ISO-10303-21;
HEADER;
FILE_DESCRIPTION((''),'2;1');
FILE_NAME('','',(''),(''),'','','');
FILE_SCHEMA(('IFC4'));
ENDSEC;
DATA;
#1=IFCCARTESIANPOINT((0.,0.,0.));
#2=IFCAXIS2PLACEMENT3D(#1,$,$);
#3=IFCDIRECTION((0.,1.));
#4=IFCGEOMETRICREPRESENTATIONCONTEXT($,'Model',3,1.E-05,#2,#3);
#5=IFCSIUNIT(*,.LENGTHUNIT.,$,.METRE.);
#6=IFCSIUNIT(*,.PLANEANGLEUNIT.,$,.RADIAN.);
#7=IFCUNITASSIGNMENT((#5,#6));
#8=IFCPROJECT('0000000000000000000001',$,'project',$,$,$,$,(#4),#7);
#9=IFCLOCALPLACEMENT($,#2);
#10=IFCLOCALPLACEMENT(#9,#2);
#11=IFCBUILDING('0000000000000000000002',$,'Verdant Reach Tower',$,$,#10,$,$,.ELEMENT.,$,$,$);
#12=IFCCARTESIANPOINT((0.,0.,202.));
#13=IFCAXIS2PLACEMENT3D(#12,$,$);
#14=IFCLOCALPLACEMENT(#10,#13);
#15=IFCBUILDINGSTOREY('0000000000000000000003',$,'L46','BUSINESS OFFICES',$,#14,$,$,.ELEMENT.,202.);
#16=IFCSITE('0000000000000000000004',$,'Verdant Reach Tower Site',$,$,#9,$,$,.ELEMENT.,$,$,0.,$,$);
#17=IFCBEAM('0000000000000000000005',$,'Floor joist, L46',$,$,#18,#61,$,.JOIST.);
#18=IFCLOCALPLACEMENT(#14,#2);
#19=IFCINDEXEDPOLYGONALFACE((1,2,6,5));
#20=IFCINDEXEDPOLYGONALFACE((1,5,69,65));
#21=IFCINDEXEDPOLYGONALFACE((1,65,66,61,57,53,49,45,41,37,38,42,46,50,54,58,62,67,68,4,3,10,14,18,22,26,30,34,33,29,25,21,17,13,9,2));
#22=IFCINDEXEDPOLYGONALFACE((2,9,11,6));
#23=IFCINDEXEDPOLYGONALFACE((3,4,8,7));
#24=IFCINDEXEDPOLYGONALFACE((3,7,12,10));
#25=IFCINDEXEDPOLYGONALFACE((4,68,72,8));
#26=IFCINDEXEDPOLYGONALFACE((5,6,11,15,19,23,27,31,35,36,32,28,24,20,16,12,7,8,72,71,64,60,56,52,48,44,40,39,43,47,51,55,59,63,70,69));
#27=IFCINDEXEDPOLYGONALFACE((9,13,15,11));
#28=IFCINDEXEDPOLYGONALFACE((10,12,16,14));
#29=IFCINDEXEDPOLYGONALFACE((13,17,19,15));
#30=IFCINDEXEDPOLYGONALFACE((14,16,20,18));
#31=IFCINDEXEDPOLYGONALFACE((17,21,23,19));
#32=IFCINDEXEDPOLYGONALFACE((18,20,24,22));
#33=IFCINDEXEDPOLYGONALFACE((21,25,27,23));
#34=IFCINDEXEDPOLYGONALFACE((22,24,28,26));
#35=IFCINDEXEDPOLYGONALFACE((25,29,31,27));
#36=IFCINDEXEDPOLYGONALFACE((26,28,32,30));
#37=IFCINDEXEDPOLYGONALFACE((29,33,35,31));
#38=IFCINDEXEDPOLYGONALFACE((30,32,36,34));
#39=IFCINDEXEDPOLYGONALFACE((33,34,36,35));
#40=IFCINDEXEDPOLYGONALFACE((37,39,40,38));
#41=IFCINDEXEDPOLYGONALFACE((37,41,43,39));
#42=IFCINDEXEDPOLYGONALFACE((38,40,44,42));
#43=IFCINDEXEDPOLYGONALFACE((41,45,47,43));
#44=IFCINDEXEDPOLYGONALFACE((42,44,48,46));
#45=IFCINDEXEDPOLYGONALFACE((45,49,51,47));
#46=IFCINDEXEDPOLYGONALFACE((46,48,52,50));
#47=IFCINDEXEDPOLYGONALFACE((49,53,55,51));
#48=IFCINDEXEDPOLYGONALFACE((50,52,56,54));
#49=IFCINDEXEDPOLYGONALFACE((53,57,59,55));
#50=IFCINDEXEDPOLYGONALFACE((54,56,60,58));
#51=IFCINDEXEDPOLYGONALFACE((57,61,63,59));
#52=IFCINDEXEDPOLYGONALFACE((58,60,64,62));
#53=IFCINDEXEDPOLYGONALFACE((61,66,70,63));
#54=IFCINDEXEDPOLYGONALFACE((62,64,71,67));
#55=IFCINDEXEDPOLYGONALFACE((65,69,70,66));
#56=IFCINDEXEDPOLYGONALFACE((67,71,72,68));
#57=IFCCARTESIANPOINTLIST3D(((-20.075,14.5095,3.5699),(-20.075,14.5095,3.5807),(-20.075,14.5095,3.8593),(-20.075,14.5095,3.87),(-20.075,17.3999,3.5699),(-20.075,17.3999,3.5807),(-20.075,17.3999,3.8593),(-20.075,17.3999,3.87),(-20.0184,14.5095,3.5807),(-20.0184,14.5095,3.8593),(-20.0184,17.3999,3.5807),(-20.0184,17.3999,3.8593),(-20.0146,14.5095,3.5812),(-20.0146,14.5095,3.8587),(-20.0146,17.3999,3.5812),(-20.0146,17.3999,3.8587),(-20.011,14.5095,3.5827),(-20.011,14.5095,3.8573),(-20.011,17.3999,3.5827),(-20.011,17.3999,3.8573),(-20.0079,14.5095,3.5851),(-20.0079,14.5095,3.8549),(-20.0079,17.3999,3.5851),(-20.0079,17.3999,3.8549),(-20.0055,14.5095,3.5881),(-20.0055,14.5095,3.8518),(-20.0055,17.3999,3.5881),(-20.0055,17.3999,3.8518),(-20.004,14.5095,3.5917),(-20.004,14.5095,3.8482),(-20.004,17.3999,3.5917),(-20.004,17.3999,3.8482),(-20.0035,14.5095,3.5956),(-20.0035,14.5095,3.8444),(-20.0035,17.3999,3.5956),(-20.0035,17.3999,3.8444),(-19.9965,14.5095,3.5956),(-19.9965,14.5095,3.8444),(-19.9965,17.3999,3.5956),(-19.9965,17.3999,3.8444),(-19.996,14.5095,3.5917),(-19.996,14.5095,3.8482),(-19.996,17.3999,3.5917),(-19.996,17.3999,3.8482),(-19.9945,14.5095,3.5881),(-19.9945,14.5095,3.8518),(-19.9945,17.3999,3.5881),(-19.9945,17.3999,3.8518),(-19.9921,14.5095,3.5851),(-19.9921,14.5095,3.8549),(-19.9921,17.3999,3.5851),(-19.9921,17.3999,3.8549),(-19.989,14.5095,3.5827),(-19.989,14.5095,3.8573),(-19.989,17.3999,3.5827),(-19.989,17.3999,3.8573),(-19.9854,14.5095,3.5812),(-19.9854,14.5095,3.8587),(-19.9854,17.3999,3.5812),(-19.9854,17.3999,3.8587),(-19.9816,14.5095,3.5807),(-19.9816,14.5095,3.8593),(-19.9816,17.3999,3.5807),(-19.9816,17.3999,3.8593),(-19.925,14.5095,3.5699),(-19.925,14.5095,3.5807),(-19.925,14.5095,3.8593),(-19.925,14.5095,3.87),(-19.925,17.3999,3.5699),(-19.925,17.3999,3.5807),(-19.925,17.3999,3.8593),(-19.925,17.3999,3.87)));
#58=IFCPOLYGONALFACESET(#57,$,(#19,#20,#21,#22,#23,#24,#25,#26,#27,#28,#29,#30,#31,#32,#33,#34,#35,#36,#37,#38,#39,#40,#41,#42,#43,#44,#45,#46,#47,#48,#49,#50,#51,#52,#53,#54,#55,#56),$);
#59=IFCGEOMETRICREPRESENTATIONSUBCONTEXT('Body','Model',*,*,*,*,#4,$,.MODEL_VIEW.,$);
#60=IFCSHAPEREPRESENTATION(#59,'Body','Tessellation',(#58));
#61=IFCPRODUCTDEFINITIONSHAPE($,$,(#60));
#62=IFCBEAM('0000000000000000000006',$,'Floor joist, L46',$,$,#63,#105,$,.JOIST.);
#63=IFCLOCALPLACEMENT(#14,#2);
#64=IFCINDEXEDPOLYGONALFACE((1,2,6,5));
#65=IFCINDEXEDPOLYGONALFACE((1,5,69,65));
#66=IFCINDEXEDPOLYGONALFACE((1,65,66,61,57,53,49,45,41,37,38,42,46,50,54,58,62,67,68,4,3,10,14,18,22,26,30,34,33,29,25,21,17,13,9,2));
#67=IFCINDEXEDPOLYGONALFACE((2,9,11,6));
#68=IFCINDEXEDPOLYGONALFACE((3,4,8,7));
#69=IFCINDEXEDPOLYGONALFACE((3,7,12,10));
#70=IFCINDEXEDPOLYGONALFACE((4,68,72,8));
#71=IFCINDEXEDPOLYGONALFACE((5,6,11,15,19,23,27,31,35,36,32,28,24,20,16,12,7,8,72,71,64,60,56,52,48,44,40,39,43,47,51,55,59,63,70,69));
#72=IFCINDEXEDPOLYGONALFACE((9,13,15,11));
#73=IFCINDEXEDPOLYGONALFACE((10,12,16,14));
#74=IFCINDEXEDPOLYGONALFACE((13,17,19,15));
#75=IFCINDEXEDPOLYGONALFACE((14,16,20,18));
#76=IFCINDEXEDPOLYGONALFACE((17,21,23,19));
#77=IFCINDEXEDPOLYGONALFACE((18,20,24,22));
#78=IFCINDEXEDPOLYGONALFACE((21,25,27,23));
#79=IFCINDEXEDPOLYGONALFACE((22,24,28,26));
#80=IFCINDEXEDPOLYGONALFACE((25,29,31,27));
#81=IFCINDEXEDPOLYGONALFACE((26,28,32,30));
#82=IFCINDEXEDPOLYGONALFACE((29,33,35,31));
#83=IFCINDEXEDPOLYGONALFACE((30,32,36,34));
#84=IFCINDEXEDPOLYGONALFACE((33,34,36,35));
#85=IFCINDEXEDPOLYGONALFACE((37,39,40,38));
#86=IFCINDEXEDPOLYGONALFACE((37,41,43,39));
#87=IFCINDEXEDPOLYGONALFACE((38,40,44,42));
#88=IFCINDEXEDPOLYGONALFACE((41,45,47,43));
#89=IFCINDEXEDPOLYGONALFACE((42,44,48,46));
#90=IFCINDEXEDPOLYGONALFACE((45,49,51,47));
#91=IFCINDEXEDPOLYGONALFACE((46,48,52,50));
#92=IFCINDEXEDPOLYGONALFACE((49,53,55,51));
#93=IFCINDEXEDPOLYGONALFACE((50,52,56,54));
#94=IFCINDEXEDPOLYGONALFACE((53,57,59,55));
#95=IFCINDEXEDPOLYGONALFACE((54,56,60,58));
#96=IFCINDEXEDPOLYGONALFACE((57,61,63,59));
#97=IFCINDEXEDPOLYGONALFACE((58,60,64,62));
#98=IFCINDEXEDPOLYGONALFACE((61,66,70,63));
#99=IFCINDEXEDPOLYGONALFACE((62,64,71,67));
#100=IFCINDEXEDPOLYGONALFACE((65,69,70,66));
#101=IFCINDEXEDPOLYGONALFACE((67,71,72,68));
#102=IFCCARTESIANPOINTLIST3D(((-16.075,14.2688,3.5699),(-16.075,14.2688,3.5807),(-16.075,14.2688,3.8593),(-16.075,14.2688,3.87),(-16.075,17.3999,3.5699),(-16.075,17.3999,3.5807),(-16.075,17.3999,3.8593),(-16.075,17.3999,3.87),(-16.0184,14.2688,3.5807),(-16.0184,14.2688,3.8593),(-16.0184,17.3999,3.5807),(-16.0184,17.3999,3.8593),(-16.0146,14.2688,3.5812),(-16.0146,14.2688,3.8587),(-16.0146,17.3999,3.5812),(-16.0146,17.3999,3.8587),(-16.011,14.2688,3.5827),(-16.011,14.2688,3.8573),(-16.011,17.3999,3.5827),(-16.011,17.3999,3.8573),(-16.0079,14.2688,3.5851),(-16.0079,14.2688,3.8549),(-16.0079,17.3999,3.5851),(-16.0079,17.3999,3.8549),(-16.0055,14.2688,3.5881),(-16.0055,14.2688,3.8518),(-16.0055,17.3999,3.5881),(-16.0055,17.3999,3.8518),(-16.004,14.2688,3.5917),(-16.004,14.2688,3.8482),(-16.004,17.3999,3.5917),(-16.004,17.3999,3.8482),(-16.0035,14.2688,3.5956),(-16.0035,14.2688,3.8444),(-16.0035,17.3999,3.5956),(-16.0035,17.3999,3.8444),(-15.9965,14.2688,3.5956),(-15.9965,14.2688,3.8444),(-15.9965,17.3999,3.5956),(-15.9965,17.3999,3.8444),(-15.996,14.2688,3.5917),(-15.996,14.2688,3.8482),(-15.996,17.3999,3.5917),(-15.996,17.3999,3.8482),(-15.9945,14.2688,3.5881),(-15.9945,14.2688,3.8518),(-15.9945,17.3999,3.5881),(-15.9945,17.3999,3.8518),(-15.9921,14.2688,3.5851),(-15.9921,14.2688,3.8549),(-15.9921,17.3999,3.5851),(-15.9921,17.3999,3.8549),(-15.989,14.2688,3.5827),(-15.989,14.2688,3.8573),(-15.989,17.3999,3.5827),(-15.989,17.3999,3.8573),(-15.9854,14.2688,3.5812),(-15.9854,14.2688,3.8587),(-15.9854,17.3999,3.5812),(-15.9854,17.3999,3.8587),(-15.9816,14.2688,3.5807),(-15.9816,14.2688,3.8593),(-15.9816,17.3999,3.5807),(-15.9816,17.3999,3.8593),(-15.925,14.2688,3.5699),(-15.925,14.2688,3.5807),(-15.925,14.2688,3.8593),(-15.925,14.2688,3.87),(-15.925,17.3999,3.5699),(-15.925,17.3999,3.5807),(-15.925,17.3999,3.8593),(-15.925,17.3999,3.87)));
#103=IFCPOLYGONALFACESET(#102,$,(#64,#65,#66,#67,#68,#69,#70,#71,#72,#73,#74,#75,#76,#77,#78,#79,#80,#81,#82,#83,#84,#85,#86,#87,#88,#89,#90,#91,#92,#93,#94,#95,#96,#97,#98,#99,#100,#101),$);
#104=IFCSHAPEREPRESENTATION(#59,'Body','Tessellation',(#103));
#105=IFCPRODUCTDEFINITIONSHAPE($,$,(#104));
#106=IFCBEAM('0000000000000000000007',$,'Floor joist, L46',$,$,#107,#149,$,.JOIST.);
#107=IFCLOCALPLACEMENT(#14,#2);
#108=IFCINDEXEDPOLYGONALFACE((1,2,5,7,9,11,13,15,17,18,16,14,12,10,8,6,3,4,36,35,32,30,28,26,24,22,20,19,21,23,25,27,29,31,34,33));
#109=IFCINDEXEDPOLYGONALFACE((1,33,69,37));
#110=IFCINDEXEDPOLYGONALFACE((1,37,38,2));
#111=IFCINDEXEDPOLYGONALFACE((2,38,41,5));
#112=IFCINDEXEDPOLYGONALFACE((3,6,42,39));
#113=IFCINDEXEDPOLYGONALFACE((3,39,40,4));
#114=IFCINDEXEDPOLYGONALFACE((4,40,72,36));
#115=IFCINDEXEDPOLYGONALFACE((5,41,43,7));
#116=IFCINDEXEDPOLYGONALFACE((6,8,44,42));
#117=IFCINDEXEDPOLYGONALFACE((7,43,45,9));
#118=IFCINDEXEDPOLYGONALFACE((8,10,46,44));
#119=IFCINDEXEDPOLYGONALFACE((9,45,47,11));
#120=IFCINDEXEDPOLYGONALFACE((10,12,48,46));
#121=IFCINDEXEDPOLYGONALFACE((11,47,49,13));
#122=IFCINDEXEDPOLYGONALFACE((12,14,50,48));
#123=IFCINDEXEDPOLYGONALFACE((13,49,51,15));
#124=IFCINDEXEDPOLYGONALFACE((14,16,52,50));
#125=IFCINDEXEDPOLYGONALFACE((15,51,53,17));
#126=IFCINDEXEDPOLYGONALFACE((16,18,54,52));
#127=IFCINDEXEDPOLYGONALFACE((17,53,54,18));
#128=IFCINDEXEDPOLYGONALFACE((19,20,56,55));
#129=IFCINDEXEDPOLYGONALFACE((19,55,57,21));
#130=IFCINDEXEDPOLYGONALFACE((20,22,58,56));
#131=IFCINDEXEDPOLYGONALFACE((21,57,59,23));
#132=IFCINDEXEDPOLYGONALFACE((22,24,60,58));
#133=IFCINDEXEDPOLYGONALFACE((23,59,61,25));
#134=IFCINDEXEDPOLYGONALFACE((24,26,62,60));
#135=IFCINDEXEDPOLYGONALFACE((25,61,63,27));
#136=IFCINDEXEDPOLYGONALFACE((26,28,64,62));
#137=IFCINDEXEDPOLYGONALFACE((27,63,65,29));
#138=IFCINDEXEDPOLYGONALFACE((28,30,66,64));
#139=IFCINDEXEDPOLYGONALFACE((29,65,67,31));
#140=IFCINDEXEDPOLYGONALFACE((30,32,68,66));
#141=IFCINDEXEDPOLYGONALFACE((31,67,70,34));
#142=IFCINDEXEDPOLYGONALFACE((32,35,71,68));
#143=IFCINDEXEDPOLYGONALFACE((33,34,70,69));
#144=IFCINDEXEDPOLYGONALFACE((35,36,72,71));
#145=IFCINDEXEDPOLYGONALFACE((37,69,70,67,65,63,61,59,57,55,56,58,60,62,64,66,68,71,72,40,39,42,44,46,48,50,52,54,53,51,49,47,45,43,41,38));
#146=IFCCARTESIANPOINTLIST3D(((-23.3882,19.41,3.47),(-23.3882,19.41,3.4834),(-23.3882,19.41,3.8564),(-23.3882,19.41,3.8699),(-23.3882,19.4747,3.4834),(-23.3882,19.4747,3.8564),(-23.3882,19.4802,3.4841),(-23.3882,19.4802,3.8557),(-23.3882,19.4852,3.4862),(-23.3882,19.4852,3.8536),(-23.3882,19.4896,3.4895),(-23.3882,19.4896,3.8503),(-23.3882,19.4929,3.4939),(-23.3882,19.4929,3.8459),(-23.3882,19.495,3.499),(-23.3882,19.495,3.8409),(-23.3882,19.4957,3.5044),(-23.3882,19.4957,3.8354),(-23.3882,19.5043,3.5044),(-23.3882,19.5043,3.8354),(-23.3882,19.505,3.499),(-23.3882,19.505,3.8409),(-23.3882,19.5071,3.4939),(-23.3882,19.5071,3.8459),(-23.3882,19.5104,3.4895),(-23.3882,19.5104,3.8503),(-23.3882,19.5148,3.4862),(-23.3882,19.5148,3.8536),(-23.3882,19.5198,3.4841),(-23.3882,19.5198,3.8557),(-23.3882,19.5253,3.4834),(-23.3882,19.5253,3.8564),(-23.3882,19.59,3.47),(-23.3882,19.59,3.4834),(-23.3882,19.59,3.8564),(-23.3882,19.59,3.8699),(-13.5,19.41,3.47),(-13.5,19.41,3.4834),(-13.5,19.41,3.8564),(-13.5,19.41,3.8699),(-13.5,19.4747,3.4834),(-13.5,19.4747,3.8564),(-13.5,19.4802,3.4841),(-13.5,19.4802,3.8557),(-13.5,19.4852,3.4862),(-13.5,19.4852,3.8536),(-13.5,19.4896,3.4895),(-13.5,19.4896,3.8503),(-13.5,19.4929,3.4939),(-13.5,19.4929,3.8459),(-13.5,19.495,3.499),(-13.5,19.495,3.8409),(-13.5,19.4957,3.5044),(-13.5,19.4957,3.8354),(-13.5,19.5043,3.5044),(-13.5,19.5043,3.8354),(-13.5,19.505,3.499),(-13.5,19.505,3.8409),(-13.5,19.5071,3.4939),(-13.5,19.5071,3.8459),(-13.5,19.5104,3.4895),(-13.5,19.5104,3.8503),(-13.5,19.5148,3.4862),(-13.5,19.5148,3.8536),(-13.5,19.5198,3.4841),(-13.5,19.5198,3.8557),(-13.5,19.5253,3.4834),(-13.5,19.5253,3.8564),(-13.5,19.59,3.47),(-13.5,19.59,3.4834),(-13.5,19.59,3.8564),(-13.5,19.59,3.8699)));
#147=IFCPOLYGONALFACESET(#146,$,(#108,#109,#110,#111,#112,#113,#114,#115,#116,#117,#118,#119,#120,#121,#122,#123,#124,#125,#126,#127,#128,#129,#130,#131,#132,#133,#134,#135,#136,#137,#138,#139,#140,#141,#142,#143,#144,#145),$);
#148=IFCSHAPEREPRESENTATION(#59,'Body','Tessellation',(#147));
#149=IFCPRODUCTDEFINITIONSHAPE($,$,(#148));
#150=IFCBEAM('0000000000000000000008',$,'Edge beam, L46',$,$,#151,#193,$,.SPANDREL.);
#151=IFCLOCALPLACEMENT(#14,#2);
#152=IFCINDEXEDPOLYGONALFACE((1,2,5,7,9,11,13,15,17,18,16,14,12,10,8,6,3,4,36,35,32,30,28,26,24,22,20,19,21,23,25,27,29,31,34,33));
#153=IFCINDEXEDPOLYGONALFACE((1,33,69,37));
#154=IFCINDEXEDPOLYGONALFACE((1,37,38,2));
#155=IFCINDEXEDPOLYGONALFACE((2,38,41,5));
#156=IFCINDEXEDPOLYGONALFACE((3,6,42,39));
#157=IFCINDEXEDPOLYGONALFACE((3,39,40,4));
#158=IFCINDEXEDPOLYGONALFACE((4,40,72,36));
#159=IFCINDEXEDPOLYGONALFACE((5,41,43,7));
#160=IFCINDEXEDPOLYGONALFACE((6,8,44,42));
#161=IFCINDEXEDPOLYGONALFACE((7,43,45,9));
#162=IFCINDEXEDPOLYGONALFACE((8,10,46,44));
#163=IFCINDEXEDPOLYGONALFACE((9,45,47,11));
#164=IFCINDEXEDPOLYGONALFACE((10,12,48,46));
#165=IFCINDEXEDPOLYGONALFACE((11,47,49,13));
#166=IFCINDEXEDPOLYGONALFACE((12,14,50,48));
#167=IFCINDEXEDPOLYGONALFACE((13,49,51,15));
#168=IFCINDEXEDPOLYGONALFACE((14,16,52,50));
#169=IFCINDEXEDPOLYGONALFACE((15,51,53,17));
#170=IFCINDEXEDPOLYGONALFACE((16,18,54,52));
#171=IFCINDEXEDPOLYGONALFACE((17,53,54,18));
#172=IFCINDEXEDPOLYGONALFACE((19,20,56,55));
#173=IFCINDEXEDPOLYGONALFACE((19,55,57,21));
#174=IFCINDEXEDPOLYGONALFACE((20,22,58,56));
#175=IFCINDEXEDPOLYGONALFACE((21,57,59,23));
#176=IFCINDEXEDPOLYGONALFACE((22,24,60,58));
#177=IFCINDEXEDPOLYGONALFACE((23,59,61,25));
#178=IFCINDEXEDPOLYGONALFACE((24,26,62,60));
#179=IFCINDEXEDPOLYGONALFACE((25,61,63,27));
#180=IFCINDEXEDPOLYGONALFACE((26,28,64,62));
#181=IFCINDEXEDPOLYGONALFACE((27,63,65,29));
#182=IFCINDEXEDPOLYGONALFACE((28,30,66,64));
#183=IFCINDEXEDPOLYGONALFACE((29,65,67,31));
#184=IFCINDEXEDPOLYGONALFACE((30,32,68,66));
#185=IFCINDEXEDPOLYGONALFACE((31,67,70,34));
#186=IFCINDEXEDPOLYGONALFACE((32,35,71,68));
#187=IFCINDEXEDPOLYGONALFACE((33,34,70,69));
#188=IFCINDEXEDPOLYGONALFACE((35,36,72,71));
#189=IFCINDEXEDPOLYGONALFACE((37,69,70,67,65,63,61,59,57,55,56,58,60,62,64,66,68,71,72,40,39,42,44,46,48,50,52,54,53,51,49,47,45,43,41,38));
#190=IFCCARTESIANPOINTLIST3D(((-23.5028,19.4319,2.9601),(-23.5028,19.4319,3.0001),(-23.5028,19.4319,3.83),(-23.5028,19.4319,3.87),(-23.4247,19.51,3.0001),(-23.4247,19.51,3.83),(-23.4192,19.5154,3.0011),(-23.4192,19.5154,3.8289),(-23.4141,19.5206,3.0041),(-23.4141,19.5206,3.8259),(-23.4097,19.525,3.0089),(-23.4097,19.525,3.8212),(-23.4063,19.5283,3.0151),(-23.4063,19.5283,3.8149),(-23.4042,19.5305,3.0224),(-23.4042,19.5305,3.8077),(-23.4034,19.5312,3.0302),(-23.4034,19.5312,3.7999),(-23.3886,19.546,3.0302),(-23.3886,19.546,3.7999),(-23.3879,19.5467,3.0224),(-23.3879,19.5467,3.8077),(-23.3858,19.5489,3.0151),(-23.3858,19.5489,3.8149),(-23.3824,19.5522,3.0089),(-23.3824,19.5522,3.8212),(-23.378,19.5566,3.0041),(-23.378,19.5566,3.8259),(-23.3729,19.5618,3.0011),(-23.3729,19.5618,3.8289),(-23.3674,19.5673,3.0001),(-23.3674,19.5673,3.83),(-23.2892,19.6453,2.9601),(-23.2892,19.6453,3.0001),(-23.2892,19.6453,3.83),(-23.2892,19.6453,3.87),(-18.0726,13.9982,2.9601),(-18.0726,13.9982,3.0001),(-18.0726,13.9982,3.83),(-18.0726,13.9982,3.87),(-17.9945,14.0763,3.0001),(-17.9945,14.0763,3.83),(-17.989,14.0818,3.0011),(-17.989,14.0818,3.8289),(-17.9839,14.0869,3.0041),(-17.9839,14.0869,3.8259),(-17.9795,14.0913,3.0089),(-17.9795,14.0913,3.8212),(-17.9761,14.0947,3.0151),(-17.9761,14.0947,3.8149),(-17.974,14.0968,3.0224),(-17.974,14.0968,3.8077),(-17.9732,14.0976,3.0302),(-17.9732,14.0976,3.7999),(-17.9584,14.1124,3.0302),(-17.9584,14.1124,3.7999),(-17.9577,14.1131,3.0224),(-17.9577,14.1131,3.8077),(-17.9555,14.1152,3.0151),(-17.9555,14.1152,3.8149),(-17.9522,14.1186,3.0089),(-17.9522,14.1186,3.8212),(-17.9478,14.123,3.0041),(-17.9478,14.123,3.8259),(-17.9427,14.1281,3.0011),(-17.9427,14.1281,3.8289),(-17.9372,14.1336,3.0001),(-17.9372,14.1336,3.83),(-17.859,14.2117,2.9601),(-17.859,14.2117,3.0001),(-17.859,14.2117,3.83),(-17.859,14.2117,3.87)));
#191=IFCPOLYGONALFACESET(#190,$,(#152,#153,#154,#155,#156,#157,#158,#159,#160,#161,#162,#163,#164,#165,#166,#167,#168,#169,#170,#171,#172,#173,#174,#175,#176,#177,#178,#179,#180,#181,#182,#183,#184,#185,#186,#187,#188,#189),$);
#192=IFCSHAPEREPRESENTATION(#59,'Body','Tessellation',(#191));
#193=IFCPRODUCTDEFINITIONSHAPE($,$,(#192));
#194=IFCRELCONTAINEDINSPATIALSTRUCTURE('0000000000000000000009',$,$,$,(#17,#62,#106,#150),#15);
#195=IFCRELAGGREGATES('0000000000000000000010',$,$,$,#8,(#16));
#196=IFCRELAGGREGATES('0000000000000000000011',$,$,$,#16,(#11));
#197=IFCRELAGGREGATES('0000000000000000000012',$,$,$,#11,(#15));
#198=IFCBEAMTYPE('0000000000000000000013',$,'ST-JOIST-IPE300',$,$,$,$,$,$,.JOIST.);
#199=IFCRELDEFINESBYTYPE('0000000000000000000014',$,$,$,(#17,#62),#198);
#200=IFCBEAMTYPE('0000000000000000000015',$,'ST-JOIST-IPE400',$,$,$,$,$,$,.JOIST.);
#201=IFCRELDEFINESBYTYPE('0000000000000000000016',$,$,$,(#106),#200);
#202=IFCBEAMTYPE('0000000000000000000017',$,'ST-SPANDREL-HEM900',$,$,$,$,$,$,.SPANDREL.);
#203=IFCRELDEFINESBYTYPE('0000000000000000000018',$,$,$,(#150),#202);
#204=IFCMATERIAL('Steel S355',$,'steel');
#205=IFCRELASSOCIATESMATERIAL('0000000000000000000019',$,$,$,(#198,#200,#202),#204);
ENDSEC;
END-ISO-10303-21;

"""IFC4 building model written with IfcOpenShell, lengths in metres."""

from ifc_helpers import new_model, si_unit, direction, frame, origin, origin_2d, place, context, subcontext, project, spatial, i_section, extrude, material, material_profile, profile_set, type_object, element, save


model = new_model("IFC4")

# Units and contexts
model_context = context("Model", 3, precision=1e-05, world=origin(), true_north=direction((0.0, 1.0)))
body_context = subcontext(model_context, "Body", "Model", "MODEL_VIEW")
ifc_project = project(units=[si_unit("LENGTHUNIT", "METRE"), si_unit("PLANEANGLEUNIT", "RADIAN")], contexts=[model_context])

# Site, building, storey
site_placement = place(None, origin())
site = spatial("IfcSite", under=ifc_project, at=site_placement, Name="Verdant Reach Tower Site", CompositionType="ELEMENT", RefElevation=0.0)
building_placement = place(site_placement, origin())
building = spatial("IfcBuilding", under=site, at=building_placement, Name="Verdant Reach Tower", CompositionType="ELEMENT")
storey_placement = place(building_placement, frame((0.0, 0.0, 202.0)))
storey = spatial("IfcBuildingStorey", under=building, at=storey_placement, Name="L46", Description="BUSINESS OFFICES", CompositionType="ELEMENT", Elevation=202.0)

# Beams
ifc_material_1 = material(Name="Steel S355", Category="steel")
ifc_material_profile_1 = material_profile(ifc_material_1, i_section(OverallWidth=0.1499, OverallDepth=0.3, WebThickness=0.0071, FlangeThickness=0.0107, FilletRadius=0.0149, at=origin_2d()), Name="IPE 300")
ifc_profile_set_1 = profile_set([ifc_material_profile_1], Name="Steel S355")
beam_type_1 = type_object("IfcBeamType", Name="ST-JOIST-IPE300", PredefinedType="JOIST", material=ifc_profile_set_1)
beam_1_placement = place(storey_placement, frame((-20.0, 17.3999, 3.72), z_axis=(0.0, -1.0, 0.0), x_axis=(1.0, 0.0, 0.0)))
element("IfcBeam", 1, at=beam_1_placement, inside=storey, type_object=beam_type_1, Name="Floor joist, L46", PredefinedType="JOIST", context=body_context, shape_type="SweptSolid", body=[
    extrude(i_section(OverallWidth=0.1499, OverallDepth=0.3, WebThickness=0.0071, FlangeThickness=0.0107, FilletRadius=0.0149, at=origin_2d()), origin(), (0.0, 0.0, 1.0), 2.8904),
])
beam_2_placement = place(storey_placement, frame((-16.0, 17.3999, 3.72), z_axis=(0.0, -1.0, 0.0), x_axis=(1.0, 0.0, 0.0)))
element("IfcBeam", 2, at=beam_2_placement, inside=storey, type_object=beam_type_1, Name="Floor joist, L46", PredefinedType="JOIST", context=body_context, shape_type="SweptSolid", body=[
    extrude(i_section(OverallWidth=0.1499, OverallDepth=0.3, WebThickness=0.0071, FlangeThickness=0.0107, FilletRadius=0.0149, at=origin_2d()), origin(), (0.0, 0.0, 1.0), 3.1311),
])
ifc_material_profile_2 = material_profile(ifc_material_1, i_section(OverallWidth=0.1799, OverallDepth=0.3999, WebThickness=0.0085, FlangeThickness=0.0134, FilletRadius=0.021, at=origin_2d()), Name="IPE 400")
ifc_profile_set_2 = profile_set([ifc_material_profile_2], Name="Steel S355")
beam_type_2 = type_object("IfcBeamType", Name="ST-JOIST-IPE400", PredefinedType="JOIST", material=ifc_profile_set_2)
beam_3_placement = place(storey_placement, frame((-13.5, 19.5, 3.6699), z_axis=(-1.0, 0.0, 0.0), x_axis=(0.0, -1.0, 0.0)))
element("IfcBeam", 3, at=beam_3_placement, inside=storey, type_object=beam_type_2, Name="Floor joist, L46", PredefinedType="JOIST", context=body_context, shape_type="SweptSolid", body=[
    extrude(i_section(OverallWidth=0.1799, OverallDepth=0.3999, WebThickness=0.0085, FlangeThickness=0.0134, FilletRadius=0.021, at=origin_2d()), origin(), (0.0, 0.0, 1.0), 9.8882),
])
ifc_material_profile_3 = material_profile(ifc_material_1, i_section(OverallWidth=0.302, OverallDepth=0.9099, WebThickness=0.021, FlangeThickness=0.04, FilletRadius=0.03, at=origin_2d()), Name="HEM 900")
ifc_profile_set_3 = profile_set([ifc_material_profile_3], Name="Steel S355")
beam_type_3 = type_object("IfcBeamType", Name="ST-SPANDREL-HEM900", PredefinedType="SPANDREL", material=ifc_profile_set_3)
beam_4_placement = place(storey_placement, frame((-17.9658, 14.105, 3.415), z_axis=(-0.706884, 0.707329, 0.0), x_axis=(-0.707329, -0.706884, 0.0)))
element("IfcBeam", 4, at=beam_4_placement, inside=storey, type_object=beam_type_3, Name="Edge beam, L46", PredefinedType="SPANDREL", context=body_context, shape_type="SweptSolid", body=[
    extrude(i_section(OverallWidth=0.302, OverallDepth=0.9099, WebThickness=0.021, FlangeThickness=0.04, FilletRadius=0.03, at=origin_2d()), origin(), (0.0, 0.0, 1.0), 7.6819),
])

save(model, "model.ifc")
